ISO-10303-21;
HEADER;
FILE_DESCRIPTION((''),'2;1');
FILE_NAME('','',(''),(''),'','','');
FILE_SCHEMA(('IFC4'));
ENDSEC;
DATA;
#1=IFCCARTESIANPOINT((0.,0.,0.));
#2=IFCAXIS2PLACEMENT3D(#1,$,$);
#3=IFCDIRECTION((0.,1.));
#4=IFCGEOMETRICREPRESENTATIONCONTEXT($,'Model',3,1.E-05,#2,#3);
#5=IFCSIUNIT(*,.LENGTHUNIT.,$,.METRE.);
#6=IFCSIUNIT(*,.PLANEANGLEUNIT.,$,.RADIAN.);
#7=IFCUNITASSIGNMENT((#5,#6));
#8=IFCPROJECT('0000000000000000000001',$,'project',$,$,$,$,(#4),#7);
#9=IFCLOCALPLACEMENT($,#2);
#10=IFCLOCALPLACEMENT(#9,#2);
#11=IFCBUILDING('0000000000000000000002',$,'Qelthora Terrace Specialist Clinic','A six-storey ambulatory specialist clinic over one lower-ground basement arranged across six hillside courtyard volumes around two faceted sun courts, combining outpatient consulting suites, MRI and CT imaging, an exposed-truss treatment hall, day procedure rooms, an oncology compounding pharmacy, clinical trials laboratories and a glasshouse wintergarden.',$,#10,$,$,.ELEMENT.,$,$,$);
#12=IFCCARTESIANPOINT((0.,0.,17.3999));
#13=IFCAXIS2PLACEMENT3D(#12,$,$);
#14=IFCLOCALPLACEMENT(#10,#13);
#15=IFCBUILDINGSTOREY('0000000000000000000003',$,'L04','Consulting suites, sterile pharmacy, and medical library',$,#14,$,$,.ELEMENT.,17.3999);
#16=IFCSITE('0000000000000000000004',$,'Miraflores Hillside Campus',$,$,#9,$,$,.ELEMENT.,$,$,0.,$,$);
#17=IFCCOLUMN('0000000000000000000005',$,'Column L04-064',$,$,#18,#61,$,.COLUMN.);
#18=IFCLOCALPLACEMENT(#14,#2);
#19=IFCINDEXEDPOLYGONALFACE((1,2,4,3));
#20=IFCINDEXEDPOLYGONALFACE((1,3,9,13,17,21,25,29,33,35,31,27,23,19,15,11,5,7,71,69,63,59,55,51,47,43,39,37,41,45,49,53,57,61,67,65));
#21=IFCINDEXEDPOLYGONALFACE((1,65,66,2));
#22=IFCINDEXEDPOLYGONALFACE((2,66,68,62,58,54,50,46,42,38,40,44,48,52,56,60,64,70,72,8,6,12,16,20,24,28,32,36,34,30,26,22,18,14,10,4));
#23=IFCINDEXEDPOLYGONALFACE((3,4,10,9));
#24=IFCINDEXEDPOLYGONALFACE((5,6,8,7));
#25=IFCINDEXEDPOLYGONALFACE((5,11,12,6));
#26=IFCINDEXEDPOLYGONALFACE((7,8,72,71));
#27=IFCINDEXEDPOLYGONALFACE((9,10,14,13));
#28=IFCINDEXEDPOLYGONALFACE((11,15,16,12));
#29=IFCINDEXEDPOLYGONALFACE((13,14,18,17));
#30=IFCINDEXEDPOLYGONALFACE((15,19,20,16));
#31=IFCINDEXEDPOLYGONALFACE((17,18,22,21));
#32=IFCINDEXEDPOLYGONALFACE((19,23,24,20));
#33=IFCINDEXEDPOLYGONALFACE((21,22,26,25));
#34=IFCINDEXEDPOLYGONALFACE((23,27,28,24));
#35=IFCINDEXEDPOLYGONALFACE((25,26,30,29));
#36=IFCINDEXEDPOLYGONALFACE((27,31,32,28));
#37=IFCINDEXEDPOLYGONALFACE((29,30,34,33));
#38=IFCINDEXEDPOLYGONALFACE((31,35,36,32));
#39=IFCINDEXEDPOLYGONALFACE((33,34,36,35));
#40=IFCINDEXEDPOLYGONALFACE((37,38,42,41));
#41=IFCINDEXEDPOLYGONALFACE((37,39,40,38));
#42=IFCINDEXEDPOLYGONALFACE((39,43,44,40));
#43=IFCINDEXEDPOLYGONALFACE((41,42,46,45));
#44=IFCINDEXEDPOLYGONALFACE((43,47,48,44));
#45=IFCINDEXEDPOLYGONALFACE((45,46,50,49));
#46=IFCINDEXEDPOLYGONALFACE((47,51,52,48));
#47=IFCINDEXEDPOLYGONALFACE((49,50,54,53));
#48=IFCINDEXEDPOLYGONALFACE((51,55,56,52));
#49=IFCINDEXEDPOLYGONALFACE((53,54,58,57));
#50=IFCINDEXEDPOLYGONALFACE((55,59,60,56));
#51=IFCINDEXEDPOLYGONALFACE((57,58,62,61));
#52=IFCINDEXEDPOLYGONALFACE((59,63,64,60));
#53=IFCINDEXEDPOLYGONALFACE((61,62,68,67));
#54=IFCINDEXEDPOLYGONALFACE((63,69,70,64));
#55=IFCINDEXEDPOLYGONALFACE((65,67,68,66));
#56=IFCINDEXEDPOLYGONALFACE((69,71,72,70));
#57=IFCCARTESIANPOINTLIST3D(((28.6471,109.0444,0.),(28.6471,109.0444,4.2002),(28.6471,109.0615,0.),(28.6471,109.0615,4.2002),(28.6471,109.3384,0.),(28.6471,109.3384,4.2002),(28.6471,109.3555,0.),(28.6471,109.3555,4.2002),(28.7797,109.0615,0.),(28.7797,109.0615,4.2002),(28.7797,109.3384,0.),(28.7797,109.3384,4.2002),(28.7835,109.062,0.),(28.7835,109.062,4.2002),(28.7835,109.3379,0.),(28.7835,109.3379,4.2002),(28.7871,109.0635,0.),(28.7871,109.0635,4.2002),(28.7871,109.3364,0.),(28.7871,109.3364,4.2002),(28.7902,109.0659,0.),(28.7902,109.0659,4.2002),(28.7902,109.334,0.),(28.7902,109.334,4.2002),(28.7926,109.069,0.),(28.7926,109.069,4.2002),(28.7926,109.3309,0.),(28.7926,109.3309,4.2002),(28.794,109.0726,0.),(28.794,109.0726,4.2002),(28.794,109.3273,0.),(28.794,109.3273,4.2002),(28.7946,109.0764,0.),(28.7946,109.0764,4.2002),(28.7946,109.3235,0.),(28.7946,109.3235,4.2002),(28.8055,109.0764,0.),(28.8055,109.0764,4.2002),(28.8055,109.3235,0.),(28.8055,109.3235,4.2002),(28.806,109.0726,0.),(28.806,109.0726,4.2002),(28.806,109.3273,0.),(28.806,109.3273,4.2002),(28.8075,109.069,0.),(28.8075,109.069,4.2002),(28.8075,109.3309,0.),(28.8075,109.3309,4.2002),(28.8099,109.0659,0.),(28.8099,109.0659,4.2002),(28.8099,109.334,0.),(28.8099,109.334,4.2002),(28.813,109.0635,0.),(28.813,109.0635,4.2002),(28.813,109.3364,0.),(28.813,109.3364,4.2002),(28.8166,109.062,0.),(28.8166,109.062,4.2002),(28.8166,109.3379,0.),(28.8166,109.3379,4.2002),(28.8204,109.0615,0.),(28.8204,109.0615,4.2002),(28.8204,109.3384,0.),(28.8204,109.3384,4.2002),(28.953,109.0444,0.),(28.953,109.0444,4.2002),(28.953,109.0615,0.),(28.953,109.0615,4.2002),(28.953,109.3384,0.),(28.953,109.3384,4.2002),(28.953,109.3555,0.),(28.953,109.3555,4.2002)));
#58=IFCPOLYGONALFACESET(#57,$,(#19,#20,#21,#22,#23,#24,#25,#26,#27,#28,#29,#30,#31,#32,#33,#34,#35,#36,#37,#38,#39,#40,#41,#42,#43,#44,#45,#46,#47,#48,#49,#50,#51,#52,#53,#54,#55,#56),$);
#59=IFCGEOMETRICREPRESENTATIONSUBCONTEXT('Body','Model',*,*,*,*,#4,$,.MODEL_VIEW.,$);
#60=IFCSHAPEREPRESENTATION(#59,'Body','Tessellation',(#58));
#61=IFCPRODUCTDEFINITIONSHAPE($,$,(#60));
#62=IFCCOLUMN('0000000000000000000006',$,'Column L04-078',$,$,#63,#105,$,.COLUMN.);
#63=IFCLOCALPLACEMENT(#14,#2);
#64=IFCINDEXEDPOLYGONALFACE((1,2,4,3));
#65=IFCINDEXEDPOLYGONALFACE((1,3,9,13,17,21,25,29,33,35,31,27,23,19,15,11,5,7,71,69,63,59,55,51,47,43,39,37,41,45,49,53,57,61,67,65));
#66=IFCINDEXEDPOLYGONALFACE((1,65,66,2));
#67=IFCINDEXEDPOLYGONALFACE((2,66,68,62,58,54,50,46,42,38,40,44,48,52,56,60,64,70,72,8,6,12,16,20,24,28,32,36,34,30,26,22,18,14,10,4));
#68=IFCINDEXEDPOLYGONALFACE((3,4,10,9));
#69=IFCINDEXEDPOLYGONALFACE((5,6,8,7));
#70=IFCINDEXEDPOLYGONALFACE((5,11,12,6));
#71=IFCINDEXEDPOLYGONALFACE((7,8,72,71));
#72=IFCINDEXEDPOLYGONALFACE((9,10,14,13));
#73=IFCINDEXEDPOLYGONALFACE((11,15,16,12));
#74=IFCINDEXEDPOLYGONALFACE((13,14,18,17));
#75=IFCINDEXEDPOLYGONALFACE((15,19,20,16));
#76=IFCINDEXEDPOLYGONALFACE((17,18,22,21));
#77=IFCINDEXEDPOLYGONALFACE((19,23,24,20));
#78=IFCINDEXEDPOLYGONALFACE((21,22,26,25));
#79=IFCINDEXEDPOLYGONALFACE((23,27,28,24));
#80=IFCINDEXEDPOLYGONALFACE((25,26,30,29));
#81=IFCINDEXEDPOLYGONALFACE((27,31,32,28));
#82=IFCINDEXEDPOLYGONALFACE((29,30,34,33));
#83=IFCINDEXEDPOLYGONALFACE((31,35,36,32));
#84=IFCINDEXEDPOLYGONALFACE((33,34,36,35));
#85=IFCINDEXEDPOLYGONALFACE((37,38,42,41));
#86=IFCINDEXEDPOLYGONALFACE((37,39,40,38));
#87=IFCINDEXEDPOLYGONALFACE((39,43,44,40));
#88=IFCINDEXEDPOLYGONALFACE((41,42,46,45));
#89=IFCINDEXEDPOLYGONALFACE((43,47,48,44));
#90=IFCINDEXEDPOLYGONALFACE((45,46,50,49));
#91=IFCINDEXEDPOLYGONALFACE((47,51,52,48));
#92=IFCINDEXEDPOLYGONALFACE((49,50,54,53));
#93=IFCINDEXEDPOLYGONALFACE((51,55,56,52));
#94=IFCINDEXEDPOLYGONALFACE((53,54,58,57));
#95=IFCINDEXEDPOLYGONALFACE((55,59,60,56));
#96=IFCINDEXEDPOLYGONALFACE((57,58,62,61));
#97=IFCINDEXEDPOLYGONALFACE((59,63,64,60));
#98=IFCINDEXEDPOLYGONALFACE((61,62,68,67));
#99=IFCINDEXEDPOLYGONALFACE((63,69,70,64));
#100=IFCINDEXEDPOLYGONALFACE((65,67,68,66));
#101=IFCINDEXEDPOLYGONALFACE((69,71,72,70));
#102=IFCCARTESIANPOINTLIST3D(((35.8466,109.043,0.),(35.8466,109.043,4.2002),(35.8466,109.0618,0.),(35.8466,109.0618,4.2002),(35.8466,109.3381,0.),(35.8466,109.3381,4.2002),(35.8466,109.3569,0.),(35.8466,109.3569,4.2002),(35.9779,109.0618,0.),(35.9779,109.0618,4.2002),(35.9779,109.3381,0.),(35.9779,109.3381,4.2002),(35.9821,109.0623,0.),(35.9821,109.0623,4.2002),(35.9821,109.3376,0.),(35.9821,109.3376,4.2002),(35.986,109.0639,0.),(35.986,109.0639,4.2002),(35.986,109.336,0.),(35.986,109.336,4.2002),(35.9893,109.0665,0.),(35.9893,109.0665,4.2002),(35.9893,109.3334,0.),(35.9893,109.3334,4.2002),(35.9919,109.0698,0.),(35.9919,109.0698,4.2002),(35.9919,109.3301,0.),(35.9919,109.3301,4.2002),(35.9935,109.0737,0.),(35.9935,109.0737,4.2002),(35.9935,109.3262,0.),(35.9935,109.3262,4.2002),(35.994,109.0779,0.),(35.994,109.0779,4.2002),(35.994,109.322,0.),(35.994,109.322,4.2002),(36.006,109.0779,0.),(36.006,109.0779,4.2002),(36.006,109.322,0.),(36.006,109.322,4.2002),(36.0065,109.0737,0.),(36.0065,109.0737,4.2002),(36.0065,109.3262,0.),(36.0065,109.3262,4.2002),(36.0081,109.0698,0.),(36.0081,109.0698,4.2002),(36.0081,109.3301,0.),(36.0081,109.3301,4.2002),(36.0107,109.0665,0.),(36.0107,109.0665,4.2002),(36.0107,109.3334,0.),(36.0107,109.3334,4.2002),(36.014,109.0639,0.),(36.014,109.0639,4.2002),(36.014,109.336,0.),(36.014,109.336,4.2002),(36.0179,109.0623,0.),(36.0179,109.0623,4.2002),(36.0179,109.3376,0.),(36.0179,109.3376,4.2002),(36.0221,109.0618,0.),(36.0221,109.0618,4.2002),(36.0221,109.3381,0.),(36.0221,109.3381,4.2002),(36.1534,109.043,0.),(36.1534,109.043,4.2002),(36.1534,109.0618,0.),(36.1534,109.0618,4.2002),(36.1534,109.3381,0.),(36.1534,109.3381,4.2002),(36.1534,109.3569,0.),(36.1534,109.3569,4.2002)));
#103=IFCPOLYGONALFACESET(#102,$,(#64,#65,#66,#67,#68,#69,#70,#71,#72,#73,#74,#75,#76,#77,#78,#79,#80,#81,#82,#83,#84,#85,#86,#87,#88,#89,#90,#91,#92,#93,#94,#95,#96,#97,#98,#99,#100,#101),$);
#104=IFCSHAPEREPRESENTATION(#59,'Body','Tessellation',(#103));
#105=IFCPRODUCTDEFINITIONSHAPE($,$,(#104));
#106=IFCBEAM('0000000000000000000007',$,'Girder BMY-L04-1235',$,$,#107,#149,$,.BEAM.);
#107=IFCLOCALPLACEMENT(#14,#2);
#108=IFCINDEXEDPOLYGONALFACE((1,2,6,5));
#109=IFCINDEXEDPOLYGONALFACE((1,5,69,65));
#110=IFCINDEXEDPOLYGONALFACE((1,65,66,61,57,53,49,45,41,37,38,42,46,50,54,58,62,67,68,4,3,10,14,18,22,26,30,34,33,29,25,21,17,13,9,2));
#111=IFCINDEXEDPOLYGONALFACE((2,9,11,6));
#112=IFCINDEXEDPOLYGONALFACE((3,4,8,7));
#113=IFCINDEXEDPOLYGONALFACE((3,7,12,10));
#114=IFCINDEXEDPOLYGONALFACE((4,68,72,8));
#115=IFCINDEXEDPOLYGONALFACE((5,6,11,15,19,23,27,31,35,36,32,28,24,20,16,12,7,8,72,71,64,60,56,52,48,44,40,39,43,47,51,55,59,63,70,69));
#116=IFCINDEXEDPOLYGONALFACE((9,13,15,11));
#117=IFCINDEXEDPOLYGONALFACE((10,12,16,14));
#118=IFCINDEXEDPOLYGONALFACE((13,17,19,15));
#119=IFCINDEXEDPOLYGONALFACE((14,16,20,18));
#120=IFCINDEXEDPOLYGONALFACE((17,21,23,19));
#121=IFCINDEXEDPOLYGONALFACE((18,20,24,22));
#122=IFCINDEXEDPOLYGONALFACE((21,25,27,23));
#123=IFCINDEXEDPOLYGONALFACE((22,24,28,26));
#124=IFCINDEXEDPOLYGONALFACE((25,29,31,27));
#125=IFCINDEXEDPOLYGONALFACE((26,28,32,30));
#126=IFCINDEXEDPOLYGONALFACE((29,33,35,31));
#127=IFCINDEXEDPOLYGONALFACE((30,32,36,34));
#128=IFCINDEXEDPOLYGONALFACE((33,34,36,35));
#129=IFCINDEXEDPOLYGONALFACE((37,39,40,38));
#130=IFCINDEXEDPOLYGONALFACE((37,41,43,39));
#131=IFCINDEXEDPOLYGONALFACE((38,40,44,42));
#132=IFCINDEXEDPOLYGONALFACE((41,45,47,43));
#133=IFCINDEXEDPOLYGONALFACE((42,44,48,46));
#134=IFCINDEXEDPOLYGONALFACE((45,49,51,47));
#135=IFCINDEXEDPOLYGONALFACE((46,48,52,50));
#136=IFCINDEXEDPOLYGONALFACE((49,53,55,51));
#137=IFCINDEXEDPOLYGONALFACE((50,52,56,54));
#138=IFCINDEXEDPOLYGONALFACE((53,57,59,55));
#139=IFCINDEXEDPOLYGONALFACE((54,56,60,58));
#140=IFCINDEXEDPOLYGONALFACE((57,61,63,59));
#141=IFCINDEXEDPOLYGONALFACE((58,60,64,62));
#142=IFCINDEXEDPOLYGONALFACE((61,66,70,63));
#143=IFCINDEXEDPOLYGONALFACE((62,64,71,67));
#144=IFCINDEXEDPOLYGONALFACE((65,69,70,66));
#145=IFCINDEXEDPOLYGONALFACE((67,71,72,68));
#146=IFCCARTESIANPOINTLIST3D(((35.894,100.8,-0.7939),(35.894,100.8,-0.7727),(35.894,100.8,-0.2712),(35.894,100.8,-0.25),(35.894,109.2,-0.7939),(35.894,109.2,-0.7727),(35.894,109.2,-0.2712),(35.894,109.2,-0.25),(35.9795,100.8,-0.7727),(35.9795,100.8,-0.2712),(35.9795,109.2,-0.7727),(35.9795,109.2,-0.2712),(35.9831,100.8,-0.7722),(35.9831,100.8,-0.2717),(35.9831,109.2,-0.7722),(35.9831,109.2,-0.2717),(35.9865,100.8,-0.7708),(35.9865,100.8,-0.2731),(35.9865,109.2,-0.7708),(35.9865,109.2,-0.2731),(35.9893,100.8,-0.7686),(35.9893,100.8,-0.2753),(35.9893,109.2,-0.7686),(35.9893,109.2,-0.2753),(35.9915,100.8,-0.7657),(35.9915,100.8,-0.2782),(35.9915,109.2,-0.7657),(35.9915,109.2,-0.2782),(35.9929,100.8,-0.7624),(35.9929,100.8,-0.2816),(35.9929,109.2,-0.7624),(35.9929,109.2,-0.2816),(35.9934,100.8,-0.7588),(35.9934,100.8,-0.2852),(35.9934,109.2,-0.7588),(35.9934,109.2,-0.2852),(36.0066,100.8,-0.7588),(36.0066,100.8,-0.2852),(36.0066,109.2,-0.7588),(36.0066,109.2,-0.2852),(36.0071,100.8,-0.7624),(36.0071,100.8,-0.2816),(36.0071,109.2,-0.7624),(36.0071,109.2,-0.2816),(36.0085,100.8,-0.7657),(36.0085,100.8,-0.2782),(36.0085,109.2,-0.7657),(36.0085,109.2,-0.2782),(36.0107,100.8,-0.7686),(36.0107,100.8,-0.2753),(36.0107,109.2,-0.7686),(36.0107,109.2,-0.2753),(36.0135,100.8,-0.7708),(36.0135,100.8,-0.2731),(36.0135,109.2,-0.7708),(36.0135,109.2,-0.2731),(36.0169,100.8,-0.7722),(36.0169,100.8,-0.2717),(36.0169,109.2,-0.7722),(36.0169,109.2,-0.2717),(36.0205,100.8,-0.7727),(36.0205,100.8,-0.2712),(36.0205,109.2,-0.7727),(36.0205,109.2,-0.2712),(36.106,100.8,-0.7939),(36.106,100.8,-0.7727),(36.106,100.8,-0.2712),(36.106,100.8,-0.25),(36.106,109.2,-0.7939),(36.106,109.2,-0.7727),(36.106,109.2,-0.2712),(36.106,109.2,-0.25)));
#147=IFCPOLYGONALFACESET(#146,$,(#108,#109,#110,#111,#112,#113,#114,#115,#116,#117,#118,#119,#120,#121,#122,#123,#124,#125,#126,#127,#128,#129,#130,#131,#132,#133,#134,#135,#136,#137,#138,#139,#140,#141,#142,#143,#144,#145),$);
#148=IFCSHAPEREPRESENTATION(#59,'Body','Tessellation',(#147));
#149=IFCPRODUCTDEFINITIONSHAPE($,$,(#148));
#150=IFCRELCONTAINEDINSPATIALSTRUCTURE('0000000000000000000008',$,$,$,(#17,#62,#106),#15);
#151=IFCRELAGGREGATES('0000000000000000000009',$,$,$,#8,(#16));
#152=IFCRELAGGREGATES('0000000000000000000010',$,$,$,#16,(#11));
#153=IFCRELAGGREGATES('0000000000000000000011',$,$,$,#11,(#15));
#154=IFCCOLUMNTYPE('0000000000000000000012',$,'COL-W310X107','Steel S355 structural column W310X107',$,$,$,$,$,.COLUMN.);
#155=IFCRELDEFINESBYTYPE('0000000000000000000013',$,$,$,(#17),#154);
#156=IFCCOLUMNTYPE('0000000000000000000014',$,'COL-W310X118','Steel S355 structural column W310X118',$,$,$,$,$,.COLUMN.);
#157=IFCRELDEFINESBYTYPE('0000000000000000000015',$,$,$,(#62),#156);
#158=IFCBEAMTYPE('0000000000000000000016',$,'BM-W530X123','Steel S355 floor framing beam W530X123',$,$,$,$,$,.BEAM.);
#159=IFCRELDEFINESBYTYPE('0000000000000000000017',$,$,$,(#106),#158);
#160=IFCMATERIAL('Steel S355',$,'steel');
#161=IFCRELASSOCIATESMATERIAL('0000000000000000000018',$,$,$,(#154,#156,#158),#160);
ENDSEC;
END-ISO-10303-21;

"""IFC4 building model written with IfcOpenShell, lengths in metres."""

from ifc_helpers import new_model, si_unit, direction, frame, origin, origin_2d, place, context, subcontext, project, spatial, i_section, extrude, material, material_profile, profile_set, type_object, element, save


model = new_model("IFC4")

# Units and contexts
model_context = context("Model", 3, precision=1e-05, world=origin(), true_north=direction((0.0, 1.0)))
body_context = subcontext(model_context, "Body", "Model", "MODEL_VIEW")
ifc_project = project(units=[si_unit("LENGTHUNIT", "METRE"), si_unit("PLANEANGLEUNIT", "RADIAN")], contexts=[model_context])

# Site, building, storey
site_placement = place(None, origin())
site = spatial("IfcSite", under=ifc_project, at=site_placement, Name="Miraflores Hillside Campus", CompositionType="ELEMENT", RefElevation=0.0)
building_placement = place(site_placement, origin())
building = spatial("IfcBuilding", under=site, at=building_placement, Name="Qelthora Terrace Specialist Clinic", Description="A six-storey ambulatory specialist clinic over one lower-ground basement arranged across six hillside courtyard volumes around two faceted sun courts, combining outpatient consulting suites, MRI and CT imaging, an exposed-truss treatment hall, day procedure rooms, an oncology compounding pharmacy, clinical trials laboratories and a glasshouse wintergarden.", CompositionType="ELEMENT")
storey_placement = place(building_placement, frame((0.0, 0.0, 17.3999)))
storey = spatial("IfcBuildingStorey", under=building, at=storey_placement, Name="L04", Description="Consulting suites, sterile pharmacy, and medical library", CompositionType="ELEMENT", Elevation=17.3999)

# Columns
ifc_material_1 = material(Name="Steel S355", Category="steel")
ifc_material_profile_1 = material_profile(ifc_material_1, i_section(OverallWidth=0.3059, OverallDepth=0.311, WebThickness=0.011, FlangeThickness=0.0171, FilletRadius=0.0149, at=origin_2d()), Name="W310X107")
ifc_profile_set_1 = profile_set([ifc_material_profile_1], Name="Steel S355")
column_type_1 = type_object("IfcColumnType", Name="COL-W310X107", Description="Steel S355 structural column W310X107", PredefinedType="COLUMN", material=ifc_profile_set_1)
column_1_placement = place(storey_placement, frame((28.8, 109.2, 0.0), z_axis=(0.0, 0.0, 1.0), x_axis=(1.0, 0.0, 0.0)))
element("IfcColumn", 1, at=column_1_placement, inside=storey, type_object=column_type_1, Name="Column L04-064", PredefinedType="COLUMN", context=body_context, shape_type="SweptSolid", body=[
    extrude(i_section(OverallWidth=0.3059, OverallDepth=0.311, WebThickness=0.011, FlangeThickness=0.0171, FilletRadius=0.0149, at=origin_2d()), origin(), (0.0, 0.0, 1.0), 4.2002),
])
ifc_material_profile_2 = material_profile(ifc_material_1, i_section(OverallWidth=0.3069, OverallDepth=0.314, WebThickness=0.012, FlangeThickness=0.0188, FilletRadius=0.0161, at=origin_2d()), Name="W310X118")
ifc_profile_set_2 = profile_set([ifc_material_profile_2], Name="Steel S355")
column_type_2 = type_object("IfcColumnType", Name="COL-W310X118", Description="Steel S355 structural column W310X118", PredefinedType="COLUMN", material=ifc_profile_set_2)
column_2_placement = place(storey_placement, frame((36.0, 109.2, 0.0), z_axis=(0.0, 0.0, 1.0), x_axis=(1.0, 0.0, 0.0)))
element("IfcColumn", 2, at=column_2_placement, inside=storey, type_object=column_type_2, Name="Column L04-078", PredefinedType="COLUMN", context=body_context, shape_type="SweptSolid", body=[
    extrude(i_section(OverallWidth=0.3069, OverallDepth=0.314, WebThickness=0.012, FlangeThickness=0.0188, FilletRadius=0.0161, at=origin_2d()), origin(), (0.0, 0.0, 1.0), 4.2002),
])

# Beam
ifc_material_profile_3 = material_profile(ifc_material_1, i_section(OverallWidth=0.2119, OverallDepth=0.5439, WebThickness=0.0132, FlangeThickness=0.0212, FilletRadius=0.0139, at=origin_2d()), Name="W530X123")
ifc_profile_set_3 = profile_set([ifc_material_profile_3], Name="Steel S355")
beam_type_1 = type_object("IfcBeamType", Name="BM-W530X123", Description="Steel S355 floor framing beam W530X123", PredefinedType="BEAM", material=ifc_profile_set_3)
beam_placement = place(storey_placement, frame((36.0, 100.8, -0.522), z_axis=(0.0, 1.0, 0.0), x_axis=(-1.0, 0.0, 0.0)))
element("IfcBeam", 3, at=beam_placement, inside=storey, type_object=beam_type_1, Name="Girder BMY-L04-1235", PredefinedType="BEAM", context=body_context, shape_type="SweptSolid", body=[
    extrude(i_section(OverallWidth=0.2119, OverallDepth=0.5439, WebThickness=0.0132, FlangeThickness=0.0212, FilletRadius=0.0139, at=origin_2d()), origin(), (0.0, 0.0, 1.0), 8.3999),
])

save(model, "model.ifc")
